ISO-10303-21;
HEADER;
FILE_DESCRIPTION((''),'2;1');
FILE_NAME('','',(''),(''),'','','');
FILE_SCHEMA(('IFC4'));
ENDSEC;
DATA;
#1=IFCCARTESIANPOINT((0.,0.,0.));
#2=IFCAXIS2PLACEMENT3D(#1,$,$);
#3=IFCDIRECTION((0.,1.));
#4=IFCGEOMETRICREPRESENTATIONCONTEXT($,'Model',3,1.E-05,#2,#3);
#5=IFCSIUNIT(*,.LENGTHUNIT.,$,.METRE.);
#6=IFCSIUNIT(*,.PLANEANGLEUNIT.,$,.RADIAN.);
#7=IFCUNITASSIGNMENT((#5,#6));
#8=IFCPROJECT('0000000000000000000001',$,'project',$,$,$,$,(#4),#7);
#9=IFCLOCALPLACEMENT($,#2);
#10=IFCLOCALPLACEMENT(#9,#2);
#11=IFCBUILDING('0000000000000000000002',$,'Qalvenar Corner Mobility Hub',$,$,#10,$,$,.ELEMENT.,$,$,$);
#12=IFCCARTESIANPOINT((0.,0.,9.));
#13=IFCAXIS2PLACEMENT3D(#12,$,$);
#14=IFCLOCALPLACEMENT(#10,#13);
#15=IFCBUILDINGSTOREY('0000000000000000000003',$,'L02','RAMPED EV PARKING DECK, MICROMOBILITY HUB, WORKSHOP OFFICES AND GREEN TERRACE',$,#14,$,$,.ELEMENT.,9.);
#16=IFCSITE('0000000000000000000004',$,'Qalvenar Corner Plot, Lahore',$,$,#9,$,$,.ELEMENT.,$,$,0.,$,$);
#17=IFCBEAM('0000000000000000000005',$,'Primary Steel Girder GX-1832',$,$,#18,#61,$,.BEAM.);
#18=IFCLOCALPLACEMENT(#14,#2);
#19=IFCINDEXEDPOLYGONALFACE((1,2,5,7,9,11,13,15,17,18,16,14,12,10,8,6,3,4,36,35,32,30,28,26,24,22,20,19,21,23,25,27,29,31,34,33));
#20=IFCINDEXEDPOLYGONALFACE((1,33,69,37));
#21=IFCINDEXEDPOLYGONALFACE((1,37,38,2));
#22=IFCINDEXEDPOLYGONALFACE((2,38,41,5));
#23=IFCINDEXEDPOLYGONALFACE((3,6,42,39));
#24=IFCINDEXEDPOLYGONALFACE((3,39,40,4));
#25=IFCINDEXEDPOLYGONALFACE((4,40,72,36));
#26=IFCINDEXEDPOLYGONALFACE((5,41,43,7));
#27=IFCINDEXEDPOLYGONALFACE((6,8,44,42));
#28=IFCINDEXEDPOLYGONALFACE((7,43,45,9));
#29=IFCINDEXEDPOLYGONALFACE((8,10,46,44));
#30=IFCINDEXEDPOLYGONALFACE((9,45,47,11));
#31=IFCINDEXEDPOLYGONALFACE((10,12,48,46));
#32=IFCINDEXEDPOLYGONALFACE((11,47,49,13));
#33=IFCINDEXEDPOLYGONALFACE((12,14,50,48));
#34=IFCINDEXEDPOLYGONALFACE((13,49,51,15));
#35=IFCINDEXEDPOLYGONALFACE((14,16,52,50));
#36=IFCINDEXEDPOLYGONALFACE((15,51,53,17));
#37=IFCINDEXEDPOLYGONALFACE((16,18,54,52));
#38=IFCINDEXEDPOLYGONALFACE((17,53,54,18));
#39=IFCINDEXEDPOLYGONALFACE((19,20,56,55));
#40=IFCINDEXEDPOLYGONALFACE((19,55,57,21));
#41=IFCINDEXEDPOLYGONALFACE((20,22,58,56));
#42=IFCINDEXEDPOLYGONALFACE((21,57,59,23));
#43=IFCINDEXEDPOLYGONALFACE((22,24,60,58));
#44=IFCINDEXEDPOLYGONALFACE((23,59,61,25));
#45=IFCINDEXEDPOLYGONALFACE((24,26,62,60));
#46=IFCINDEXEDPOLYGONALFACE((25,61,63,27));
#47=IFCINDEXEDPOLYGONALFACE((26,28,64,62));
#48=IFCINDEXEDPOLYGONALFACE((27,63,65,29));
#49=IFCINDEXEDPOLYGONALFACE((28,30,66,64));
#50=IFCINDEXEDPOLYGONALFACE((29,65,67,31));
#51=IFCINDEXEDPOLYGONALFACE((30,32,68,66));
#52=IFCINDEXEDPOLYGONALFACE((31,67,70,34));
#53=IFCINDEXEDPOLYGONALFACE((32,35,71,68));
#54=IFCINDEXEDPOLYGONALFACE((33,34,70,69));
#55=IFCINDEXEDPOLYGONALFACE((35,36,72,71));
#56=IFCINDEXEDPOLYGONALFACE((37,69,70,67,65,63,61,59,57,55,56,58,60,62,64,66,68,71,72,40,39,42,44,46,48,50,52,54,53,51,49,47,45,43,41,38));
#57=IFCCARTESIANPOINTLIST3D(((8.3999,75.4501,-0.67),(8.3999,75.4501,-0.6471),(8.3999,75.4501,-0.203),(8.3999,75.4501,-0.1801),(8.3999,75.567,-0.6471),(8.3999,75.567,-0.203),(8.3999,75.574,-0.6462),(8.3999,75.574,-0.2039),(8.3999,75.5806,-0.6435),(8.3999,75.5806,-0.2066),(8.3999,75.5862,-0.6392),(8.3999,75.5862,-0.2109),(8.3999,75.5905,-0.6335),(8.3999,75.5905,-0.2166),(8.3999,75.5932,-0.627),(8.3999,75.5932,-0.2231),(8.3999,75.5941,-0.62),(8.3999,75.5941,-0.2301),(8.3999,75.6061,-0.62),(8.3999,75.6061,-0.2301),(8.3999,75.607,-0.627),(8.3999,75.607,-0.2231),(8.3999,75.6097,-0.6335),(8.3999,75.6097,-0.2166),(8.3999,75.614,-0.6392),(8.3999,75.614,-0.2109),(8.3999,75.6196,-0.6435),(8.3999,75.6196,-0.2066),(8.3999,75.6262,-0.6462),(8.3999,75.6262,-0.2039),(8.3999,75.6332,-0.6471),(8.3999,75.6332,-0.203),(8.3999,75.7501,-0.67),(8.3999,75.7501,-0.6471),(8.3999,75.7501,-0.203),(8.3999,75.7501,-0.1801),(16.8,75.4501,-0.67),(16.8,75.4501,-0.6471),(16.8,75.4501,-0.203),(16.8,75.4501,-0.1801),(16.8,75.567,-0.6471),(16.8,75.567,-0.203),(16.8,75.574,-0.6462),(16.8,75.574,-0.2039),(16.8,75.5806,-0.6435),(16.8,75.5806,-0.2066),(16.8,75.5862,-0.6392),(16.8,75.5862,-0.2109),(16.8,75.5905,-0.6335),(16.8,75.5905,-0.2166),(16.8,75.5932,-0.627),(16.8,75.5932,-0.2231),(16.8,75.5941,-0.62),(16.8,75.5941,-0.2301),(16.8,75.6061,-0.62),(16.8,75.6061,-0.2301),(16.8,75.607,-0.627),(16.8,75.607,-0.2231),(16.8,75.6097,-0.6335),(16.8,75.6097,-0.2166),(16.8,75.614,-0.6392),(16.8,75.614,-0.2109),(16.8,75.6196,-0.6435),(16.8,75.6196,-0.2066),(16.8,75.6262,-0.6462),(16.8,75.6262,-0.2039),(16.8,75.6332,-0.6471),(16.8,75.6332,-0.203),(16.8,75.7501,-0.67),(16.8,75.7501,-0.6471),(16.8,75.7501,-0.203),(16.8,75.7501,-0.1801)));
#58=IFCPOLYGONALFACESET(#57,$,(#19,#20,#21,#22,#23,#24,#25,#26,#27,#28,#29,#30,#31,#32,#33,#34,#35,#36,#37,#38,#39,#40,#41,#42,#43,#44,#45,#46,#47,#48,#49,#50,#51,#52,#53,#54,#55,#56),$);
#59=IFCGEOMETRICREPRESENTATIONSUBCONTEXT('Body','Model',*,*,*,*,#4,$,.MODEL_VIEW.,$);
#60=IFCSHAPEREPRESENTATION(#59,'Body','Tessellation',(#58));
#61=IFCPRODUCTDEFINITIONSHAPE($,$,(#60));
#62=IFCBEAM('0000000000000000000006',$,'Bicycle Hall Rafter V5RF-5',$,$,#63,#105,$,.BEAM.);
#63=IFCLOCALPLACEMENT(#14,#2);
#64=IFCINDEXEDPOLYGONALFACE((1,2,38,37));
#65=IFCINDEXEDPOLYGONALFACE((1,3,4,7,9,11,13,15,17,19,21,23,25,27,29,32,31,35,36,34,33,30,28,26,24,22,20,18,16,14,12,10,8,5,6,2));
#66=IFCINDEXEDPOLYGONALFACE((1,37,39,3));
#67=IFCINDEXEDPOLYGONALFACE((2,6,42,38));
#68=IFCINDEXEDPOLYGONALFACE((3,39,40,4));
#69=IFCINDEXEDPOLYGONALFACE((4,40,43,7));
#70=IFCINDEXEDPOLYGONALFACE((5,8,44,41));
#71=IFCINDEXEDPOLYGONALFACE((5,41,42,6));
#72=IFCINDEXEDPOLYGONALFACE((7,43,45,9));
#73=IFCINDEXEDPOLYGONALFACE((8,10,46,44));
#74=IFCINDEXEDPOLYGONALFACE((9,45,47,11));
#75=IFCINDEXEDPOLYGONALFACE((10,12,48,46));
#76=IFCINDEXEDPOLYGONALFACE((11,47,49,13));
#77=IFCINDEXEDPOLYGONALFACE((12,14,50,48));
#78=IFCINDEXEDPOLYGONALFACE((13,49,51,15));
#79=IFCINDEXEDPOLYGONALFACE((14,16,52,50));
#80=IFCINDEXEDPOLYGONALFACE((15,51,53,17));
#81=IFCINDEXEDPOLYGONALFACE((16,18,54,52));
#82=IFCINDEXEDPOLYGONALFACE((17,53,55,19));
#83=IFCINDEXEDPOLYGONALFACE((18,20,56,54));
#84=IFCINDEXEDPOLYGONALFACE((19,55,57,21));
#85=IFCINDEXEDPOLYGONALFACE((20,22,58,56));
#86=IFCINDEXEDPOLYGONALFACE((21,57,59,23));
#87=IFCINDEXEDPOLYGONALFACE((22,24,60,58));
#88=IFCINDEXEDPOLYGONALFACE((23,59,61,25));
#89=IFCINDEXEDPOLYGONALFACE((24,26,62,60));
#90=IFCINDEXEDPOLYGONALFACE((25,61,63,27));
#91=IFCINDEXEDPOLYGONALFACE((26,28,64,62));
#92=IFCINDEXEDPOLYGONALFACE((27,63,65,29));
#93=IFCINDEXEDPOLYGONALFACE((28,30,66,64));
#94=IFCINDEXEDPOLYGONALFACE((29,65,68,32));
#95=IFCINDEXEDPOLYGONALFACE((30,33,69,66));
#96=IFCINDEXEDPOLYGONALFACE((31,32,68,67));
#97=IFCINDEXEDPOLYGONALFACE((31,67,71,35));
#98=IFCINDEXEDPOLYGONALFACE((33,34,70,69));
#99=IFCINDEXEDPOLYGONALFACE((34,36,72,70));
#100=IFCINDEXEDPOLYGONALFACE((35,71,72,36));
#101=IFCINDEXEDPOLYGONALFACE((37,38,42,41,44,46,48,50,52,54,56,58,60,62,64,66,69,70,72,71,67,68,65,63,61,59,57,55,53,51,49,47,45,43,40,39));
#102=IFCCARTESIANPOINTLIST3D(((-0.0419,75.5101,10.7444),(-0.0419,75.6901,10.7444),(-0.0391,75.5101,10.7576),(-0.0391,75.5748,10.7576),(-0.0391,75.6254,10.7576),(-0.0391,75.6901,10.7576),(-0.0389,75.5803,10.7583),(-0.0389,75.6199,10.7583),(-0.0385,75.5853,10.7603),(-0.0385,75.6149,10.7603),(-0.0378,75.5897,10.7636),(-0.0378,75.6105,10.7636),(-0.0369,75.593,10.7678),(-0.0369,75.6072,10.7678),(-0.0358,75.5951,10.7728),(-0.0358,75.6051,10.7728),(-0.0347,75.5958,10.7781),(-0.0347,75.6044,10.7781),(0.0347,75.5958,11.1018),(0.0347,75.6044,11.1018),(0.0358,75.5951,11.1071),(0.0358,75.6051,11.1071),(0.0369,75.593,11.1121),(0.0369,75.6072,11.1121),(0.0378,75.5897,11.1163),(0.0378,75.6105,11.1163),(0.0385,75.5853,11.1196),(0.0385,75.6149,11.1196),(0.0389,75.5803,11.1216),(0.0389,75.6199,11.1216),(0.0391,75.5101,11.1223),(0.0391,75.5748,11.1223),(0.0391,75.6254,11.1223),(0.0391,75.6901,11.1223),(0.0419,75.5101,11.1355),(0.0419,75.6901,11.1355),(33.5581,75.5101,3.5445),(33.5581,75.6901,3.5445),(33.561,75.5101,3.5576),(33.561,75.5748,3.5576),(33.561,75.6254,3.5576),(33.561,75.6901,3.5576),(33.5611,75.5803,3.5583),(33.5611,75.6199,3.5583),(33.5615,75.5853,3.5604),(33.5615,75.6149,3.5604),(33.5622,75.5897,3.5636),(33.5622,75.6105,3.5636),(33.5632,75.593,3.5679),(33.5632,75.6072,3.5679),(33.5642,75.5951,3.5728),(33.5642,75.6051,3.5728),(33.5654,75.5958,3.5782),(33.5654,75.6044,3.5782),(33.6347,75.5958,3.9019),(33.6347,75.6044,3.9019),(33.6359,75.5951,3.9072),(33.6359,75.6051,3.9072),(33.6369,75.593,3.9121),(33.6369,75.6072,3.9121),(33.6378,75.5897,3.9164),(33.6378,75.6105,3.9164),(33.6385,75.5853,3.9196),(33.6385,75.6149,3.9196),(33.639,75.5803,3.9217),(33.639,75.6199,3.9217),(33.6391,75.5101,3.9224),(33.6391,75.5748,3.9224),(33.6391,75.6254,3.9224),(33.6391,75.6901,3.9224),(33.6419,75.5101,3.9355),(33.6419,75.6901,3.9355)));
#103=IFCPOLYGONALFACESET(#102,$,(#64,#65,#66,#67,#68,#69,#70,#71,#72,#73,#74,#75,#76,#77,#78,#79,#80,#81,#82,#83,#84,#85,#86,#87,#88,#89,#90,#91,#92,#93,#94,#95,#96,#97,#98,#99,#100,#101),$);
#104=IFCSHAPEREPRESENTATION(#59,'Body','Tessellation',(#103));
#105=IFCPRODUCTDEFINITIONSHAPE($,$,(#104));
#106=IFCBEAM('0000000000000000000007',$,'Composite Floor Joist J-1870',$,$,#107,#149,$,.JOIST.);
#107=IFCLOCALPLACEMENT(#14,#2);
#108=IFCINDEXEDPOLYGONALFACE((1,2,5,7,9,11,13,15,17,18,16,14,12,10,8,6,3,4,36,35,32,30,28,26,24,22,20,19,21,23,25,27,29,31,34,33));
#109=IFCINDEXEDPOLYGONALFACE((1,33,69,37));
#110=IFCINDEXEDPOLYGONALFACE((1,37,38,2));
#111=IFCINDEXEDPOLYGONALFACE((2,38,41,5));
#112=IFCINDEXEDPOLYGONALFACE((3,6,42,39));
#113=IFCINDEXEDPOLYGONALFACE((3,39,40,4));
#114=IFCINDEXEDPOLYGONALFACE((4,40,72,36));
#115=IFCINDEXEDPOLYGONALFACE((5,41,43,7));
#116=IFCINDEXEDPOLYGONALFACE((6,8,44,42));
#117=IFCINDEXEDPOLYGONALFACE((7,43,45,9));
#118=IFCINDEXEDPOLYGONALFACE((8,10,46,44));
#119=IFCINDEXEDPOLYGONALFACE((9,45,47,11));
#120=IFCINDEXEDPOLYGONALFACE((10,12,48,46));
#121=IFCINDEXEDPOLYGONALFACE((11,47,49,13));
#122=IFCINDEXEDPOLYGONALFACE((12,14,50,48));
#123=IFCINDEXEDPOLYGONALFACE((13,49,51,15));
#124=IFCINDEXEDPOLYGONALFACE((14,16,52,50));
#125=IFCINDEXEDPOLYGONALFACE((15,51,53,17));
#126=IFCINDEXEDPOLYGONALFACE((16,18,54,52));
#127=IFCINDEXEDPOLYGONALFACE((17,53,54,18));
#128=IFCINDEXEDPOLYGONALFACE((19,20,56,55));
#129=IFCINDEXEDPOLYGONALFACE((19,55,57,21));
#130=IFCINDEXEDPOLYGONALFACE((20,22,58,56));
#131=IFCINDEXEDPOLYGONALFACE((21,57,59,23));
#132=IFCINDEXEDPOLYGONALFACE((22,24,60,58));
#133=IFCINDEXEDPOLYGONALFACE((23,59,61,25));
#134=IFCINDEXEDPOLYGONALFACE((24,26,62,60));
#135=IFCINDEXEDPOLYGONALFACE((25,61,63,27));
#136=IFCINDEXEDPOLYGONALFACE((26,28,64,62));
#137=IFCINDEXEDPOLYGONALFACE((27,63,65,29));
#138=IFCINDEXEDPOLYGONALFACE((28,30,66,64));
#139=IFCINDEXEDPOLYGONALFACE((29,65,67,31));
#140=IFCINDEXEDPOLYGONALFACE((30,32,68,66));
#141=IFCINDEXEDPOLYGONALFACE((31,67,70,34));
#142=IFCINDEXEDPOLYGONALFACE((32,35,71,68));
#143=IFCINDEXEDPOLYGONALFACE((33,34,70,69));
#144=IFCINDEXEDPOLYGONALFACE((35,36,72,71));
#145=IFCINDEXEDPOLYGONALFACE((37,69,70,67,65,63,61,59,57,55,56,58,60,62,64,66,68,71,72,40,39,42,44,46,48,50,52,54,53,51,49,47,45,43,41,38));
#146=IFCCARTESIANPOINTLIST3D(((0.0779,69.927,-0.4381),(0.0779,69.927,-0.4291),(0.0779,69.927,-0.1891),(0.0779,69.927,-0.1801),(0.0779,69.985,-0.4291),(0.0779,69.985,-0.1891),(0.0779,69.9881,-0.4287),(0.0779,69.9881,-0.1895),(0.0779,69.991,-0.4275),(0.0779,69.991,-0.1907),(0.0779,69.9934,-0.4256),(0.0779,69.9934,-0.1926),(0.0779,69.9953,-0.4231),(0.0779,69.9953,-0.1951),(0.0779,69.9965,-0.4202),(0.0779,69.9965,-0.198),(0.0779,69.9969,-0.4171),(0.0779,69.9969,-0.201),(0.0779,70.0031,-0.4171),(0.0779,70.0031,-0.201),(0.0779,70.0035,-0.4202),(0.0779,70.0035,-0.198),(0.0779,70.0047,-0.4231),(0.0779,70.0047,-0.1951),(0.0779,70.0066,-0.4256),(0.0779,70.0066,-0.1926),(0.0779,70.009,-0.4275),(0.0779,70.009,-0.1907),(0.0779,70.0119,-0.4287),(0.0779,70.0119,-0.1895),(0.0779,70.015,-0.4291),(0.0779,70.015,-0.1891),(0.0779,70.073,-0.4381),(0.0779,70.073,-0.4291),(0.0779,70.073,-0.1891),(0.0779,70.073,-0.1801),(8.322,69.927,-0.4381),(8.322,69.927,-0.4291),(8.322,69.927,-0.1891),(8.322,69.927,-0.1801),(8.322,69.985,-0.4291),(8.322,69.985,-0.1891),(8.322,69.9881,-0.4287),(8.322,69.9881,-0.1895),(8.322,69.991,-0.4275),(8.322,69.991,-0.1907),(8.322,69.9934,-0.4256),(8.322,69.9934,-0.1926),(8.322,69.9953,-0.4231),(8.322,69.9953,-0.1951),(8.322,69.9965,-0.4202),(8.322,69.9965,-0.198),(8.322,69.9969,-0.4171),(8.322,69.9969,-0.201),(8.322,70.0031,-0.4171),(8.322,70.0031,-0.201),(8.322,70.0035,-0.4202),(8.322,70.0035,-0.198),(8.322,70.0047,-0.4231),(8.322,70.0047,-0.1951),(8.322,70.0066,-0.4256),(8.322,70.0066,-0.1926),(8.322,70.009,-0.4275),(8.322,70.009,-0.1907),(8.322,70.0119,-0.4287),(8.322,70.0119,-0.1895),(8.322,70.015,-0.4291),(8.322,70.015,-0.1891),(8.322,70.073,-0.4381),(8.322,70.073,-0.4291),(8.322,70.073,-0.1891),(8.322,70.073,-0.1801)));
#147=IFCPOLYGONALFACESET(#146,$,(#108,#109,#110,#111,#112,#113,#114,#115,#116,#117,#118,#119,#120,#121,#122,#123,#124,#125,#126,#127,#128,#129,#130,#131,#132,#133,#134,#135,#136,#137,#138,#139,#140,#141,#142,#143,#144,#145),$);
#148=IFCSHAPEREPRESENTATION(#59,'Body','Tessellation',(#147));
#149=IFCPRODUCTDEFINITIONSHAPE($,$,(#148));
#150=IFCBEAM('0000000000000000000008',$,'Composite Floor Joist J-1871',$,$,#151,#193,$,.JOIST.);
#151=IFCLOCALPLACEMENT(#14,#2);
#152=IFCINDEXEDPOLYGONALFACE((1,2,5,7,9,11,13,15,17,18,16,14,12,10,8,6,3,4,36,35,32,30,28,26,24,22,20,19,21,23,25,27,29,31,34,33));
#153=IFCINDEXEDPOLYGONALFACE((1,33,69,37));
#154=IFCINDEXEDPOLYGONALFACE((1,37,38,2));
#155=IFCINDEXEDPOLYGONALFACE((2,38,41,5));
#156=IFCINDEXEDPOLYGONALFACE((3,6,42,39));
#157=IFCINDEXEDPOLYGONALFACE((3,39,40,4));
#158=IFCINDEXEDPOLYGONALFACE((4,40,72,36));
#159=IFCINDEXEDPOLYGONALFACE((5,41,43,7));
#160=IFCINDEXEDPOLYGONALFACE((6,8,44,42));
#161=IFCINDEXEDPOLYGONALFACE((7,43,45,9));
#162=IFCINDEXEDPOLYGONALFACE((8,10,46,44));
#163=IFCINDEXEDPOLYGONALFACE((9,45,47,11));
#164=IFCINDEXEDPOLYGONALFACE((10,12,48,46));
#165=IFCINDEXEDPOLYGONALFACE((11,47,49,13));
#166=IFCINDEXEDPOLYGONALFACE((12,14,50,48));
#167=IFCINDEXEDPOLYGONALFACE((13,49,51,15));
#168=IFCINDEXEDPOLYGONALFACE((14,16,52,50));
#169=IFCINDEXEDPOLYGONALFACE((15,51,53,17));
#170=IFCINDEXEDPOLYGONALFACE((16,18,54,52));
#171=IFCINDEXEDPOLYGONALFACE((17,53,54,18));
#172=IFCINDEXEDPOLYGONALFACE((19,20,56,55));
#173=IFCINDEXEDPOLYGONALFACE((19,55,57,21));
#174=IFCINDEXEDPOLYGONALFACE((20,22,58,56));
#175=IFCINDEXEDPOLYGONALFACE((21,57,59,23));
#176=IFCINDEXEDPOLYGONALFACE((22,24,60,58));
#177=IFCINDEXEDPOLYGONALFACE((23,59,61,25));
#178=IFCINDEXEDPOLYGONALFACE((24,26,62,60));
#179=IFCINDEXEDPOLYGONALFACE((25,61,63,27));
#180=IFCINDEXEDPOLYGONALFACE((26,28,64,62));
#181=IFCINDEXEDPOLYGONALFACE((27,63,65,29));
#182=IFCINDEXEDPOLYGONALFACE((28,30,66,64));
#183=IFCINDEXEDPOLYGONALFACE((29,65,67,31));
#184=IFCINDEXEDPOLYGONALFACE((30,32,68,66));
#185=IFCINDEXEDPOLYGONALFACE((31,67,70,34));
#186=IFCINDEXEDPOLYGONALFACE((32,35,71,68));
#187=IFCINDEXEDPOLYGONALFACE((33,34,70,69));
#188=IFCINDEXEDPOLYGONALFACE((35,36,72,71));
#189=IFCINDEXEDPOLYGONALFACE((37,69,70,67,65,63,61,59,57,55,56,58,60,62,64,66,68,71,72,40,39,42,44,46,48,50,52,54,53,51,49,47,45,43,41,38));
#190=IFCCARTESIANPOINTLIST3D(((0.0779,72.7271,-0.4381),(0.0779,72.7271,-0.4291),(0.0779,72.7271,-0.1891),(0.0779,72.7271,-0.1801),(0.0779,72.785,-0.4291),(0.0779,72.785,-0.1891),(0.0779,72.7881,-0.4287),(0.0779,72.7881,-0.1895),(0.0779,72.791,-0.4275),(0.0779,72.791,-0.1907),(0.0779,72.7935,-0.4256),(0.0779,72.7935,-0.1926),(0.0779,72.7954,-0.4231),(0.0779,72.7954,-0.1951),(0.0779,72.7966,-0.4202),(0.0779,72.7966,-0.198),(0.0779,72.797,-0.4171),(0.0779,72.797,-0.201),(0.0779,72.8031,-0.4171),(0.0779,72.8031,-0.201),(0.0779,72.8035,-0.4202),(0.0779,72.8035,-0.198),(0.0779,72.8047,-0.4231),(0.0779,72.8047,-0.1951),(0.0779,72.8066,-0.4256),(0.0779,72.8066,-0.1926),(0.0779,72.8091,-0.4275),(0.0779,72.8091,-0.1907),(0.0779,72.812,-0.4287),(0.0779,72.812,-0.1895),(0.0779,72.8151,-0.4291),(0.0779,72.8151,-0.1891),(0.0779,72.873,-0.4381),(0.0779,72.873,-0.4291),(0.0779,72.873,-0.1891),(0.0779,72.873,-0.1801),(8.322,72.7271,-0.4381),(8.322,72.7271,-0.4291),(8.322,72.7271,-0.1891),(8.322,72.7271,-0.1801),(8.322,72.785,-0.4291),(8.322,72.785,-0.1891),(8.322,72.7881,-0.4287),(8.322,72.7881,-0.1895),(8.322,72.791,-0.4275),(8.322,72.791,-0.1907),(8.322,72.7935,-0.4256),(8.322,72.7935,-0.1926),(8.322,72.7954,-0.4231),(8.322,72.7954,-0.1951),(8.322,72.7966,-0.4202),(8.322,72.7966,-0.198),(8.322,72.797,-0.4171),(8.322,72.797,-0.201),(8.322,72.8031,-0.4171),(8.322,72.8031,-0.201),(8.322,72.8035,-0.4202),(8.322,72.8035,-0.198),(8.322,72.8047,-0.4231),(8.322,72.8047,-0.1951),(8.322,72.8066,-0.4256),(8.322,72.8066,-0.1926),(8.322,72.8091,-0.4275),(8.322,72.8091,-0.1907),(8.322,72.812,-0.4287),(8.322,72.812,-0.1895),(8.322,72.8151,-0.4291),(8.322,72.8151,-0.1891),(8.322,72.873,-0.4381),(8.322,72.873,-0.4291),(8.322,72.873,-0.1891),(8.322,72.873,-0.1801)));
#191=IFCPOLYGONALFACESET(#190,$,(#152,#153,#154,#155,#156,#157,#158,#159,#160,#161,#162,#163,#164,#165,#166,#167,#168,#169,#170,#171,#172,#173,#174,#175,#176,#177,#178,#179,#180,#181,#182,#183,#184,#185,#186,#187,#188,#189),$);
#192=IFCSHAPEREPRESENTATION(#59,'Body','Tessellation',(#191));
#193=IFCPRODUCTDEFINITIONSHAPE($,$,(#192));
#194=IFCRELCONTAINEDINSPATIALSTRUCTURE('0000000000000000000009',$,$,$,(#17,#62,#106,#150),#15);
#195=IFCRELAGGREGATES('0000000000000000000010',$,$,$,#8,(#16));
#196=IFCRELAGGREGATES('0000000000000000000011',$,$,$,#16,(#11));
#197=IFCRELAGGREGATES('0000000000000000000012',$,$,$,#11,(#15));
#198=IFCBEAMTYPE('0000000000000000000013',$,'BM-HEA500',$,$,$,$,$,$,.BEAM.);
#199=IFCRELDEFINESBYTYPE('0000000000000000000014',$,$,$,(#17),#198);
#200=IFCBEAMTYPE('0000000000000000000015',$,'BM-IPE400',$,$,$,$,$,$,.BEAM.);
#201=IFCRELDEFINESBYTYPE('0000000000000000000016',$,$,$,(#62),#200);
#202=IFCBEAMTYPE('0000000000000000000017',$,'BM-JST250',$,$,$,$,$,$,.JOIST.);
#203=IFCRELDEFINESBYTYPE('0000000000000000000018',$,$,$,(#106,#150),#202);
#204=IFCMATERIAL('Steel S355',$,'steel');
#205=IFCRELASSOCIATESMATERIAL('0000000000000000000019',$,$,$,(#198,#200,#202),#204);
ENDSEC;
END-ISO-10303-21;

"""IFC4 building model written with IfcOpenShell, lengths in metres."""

from ifc_helpers import new_model, si_unit, direction, frame, origin, origin_2d, place, context, subcontext, project, spatial, i_section, extrude, material, material_profile, profile_set, type_object, element, save


model = new_model("IFC4")

# Units and contexts
model_context = context("Model", 3, precision=1e-05, world=origin(), true_north=direction((0.0, 1.0)))
body_context = subcontext(model_context, "Body", "Model", "MODEL_VIEW")
ifc_project = project(units=[si_unit("LENGTHUNIT", "METRE"), si_unit("PLANEANGLEUNIT", "RADIAN")], contexts=[model_context])

# Site, building, storey
site_placement = place(None, origin())
site = spatial("IfcSite", under=ifc_project, at=site_placement, Name="Qalvenar Corner Plot, Lahore", CompositionType="ELEMENT", RefElevation=0.0)
building_placement = place(site_placement, origin())
building = spatial("IfcBuilding", under=site, at=building_placement, Name="Qalvenar Corner Mobility Hub", CompositionType="ELEMENT")
storey_placement = place(building_placement, frame((0.0, 0.0, 9.0)))
storey = spatial("IfcBuildingStorey", under=building, at=storey_placement, Name="L02", Description="RAMPED EV PARKING DECK, MICROMOBILITY HUB, WORKSHOP OFFICES AND GREEN TERRACE", CompositionType="ELEMENT", Elevation=9.0)

# Shared definitions
ifc_material_1 = material(Name="Steel S355", Category="steel")

# Beams
ifc_material_profile_1 = material_profile(ifc_material_1, i_section(OverallWidth=0.3, OverallDepth=0.49, WebThickness=0.012, FlangeThickness=0.0229, FilletRadius=0.0271, at=origin_2d()), Name="HEA500")
ifc_profile_set_1 = profile_set([ifc_material_profile_1], Name="Steel S355")
beam_type_1 = type_object("IfcBeamType", Name="BM-HEA500", PredefinedType="BEAM", material=ifc_profile_set_1)
beam_1_placement = place(storey_placement, frame((8.3999, 75.6001, -0.425), z_axis=(1.0, 0.0, 0.0), x_axis=(0.0, 1.0, 0.0)))
element("IfcBeam", 1, at=beam_1_placement, inside=storey, type_object=beam_type_1, Name="Primary Steel Girder GX-1832", PredefinedType="BEAM", context=body_context, shape_type="SweptSolid", body=[
    extrude(i_section(OverallWidth=0.3, OverallDepth=0.49, WebThickness=0.012, FlangeThickness=0.0229, FilletRadius=0.0271, at=origin_2d()), origin(), (0.0, 0.0, 1.0), 8.4001),
])
ifc_material_profile_2 = material_profile(ifc_material_1, i_section(OverallWidth=0.1799, OverallDepth=0.3999, WebThickness=0.0085, FlangeThickness=0.0134, FilletRadius=0.021, at=origin_2d()), Name="IPE400")
ifc_profile_set_2 = profile_set([ifc_material_profile_2], Name="Steel S355")
beam_type_2 = type_object("IfcBeamType", Name="BM-IPE400", PredefinedType="BEAM", material=ifc_profile_set_2)
beam_2_placement = place(storey_placement, frame((0.0, 75.6001, 10.9399), z_axis=(0.977803, 0.0, -0.209527), x_axis=(0.0, 1.0, 0.0)))
element("IfcBeam", 2, at=beam_2_placement, inside=storey, type_object=beam_type_2, Name="Bicycle Hall Rafter V5RF-5", PredefinedType="BEAM", context=body_context, shape_type="SweptSolid", body=[
    extrude(i_section(OverallWidth=0.1799, OverallDepth=0.3999, WebThickness=0.0085, FlangeThickness=0.0134, FilletRadius=0.021, at=origin_2d()), origin(), (0.0, 0.0, 1.0), 34.3628),
])
ifc_material_profile_3 = material_profile(ifc_material_1, i_section(OverallWidth=0.146, OverallDepth=0.2581, WebThickness=0.0061, FlangeThickness=0.009, FilletRadius=0.012, at=origin_2d()), Name="W250x32.7")
ifc_profile_set_3 = profile_set([ifc_material_profile_3], Name="Steel S355")
beam_type_3 = type_object("IfcBeamType", Name="BM-JST250", PredefinedType="JOIST", material=ifc_profile_set_3)
for number, where, z_axis, x_axis, name in (
    (3, (0.0779, 70.0, -0.3091), (1.0, 0.0, 0.0), (0.0, 1.0, 0.0), "Composite Floor Joist J-1870"),
    (4, (0.0779, 72.8, -0.3091), (1.0, 0.0, 0.0), (0.0, 1.0, 0.0), "Composite Floor Joist J-1871"),
):
    element("IfcBeam", number, at=place(storey_placement, frame(where, z_axis=z_axis, x_axis=x_axis)), inside=storey, type_object=beam_type_3, Name=name, PredefinedType="JOIST", context=body_context, shape_type="SweptSolid", body=[
        extrude(i_section(OverallWidth=0.146, OverallDepth=0.2581, WebThickness=0.0061, FlangeThickness=0.009, FilletRadius=0.012, at=origin_2d()), origin(), (0.0, 0.0, 1.0), 8.2441),
    ])

save(model, "model.ifc")
